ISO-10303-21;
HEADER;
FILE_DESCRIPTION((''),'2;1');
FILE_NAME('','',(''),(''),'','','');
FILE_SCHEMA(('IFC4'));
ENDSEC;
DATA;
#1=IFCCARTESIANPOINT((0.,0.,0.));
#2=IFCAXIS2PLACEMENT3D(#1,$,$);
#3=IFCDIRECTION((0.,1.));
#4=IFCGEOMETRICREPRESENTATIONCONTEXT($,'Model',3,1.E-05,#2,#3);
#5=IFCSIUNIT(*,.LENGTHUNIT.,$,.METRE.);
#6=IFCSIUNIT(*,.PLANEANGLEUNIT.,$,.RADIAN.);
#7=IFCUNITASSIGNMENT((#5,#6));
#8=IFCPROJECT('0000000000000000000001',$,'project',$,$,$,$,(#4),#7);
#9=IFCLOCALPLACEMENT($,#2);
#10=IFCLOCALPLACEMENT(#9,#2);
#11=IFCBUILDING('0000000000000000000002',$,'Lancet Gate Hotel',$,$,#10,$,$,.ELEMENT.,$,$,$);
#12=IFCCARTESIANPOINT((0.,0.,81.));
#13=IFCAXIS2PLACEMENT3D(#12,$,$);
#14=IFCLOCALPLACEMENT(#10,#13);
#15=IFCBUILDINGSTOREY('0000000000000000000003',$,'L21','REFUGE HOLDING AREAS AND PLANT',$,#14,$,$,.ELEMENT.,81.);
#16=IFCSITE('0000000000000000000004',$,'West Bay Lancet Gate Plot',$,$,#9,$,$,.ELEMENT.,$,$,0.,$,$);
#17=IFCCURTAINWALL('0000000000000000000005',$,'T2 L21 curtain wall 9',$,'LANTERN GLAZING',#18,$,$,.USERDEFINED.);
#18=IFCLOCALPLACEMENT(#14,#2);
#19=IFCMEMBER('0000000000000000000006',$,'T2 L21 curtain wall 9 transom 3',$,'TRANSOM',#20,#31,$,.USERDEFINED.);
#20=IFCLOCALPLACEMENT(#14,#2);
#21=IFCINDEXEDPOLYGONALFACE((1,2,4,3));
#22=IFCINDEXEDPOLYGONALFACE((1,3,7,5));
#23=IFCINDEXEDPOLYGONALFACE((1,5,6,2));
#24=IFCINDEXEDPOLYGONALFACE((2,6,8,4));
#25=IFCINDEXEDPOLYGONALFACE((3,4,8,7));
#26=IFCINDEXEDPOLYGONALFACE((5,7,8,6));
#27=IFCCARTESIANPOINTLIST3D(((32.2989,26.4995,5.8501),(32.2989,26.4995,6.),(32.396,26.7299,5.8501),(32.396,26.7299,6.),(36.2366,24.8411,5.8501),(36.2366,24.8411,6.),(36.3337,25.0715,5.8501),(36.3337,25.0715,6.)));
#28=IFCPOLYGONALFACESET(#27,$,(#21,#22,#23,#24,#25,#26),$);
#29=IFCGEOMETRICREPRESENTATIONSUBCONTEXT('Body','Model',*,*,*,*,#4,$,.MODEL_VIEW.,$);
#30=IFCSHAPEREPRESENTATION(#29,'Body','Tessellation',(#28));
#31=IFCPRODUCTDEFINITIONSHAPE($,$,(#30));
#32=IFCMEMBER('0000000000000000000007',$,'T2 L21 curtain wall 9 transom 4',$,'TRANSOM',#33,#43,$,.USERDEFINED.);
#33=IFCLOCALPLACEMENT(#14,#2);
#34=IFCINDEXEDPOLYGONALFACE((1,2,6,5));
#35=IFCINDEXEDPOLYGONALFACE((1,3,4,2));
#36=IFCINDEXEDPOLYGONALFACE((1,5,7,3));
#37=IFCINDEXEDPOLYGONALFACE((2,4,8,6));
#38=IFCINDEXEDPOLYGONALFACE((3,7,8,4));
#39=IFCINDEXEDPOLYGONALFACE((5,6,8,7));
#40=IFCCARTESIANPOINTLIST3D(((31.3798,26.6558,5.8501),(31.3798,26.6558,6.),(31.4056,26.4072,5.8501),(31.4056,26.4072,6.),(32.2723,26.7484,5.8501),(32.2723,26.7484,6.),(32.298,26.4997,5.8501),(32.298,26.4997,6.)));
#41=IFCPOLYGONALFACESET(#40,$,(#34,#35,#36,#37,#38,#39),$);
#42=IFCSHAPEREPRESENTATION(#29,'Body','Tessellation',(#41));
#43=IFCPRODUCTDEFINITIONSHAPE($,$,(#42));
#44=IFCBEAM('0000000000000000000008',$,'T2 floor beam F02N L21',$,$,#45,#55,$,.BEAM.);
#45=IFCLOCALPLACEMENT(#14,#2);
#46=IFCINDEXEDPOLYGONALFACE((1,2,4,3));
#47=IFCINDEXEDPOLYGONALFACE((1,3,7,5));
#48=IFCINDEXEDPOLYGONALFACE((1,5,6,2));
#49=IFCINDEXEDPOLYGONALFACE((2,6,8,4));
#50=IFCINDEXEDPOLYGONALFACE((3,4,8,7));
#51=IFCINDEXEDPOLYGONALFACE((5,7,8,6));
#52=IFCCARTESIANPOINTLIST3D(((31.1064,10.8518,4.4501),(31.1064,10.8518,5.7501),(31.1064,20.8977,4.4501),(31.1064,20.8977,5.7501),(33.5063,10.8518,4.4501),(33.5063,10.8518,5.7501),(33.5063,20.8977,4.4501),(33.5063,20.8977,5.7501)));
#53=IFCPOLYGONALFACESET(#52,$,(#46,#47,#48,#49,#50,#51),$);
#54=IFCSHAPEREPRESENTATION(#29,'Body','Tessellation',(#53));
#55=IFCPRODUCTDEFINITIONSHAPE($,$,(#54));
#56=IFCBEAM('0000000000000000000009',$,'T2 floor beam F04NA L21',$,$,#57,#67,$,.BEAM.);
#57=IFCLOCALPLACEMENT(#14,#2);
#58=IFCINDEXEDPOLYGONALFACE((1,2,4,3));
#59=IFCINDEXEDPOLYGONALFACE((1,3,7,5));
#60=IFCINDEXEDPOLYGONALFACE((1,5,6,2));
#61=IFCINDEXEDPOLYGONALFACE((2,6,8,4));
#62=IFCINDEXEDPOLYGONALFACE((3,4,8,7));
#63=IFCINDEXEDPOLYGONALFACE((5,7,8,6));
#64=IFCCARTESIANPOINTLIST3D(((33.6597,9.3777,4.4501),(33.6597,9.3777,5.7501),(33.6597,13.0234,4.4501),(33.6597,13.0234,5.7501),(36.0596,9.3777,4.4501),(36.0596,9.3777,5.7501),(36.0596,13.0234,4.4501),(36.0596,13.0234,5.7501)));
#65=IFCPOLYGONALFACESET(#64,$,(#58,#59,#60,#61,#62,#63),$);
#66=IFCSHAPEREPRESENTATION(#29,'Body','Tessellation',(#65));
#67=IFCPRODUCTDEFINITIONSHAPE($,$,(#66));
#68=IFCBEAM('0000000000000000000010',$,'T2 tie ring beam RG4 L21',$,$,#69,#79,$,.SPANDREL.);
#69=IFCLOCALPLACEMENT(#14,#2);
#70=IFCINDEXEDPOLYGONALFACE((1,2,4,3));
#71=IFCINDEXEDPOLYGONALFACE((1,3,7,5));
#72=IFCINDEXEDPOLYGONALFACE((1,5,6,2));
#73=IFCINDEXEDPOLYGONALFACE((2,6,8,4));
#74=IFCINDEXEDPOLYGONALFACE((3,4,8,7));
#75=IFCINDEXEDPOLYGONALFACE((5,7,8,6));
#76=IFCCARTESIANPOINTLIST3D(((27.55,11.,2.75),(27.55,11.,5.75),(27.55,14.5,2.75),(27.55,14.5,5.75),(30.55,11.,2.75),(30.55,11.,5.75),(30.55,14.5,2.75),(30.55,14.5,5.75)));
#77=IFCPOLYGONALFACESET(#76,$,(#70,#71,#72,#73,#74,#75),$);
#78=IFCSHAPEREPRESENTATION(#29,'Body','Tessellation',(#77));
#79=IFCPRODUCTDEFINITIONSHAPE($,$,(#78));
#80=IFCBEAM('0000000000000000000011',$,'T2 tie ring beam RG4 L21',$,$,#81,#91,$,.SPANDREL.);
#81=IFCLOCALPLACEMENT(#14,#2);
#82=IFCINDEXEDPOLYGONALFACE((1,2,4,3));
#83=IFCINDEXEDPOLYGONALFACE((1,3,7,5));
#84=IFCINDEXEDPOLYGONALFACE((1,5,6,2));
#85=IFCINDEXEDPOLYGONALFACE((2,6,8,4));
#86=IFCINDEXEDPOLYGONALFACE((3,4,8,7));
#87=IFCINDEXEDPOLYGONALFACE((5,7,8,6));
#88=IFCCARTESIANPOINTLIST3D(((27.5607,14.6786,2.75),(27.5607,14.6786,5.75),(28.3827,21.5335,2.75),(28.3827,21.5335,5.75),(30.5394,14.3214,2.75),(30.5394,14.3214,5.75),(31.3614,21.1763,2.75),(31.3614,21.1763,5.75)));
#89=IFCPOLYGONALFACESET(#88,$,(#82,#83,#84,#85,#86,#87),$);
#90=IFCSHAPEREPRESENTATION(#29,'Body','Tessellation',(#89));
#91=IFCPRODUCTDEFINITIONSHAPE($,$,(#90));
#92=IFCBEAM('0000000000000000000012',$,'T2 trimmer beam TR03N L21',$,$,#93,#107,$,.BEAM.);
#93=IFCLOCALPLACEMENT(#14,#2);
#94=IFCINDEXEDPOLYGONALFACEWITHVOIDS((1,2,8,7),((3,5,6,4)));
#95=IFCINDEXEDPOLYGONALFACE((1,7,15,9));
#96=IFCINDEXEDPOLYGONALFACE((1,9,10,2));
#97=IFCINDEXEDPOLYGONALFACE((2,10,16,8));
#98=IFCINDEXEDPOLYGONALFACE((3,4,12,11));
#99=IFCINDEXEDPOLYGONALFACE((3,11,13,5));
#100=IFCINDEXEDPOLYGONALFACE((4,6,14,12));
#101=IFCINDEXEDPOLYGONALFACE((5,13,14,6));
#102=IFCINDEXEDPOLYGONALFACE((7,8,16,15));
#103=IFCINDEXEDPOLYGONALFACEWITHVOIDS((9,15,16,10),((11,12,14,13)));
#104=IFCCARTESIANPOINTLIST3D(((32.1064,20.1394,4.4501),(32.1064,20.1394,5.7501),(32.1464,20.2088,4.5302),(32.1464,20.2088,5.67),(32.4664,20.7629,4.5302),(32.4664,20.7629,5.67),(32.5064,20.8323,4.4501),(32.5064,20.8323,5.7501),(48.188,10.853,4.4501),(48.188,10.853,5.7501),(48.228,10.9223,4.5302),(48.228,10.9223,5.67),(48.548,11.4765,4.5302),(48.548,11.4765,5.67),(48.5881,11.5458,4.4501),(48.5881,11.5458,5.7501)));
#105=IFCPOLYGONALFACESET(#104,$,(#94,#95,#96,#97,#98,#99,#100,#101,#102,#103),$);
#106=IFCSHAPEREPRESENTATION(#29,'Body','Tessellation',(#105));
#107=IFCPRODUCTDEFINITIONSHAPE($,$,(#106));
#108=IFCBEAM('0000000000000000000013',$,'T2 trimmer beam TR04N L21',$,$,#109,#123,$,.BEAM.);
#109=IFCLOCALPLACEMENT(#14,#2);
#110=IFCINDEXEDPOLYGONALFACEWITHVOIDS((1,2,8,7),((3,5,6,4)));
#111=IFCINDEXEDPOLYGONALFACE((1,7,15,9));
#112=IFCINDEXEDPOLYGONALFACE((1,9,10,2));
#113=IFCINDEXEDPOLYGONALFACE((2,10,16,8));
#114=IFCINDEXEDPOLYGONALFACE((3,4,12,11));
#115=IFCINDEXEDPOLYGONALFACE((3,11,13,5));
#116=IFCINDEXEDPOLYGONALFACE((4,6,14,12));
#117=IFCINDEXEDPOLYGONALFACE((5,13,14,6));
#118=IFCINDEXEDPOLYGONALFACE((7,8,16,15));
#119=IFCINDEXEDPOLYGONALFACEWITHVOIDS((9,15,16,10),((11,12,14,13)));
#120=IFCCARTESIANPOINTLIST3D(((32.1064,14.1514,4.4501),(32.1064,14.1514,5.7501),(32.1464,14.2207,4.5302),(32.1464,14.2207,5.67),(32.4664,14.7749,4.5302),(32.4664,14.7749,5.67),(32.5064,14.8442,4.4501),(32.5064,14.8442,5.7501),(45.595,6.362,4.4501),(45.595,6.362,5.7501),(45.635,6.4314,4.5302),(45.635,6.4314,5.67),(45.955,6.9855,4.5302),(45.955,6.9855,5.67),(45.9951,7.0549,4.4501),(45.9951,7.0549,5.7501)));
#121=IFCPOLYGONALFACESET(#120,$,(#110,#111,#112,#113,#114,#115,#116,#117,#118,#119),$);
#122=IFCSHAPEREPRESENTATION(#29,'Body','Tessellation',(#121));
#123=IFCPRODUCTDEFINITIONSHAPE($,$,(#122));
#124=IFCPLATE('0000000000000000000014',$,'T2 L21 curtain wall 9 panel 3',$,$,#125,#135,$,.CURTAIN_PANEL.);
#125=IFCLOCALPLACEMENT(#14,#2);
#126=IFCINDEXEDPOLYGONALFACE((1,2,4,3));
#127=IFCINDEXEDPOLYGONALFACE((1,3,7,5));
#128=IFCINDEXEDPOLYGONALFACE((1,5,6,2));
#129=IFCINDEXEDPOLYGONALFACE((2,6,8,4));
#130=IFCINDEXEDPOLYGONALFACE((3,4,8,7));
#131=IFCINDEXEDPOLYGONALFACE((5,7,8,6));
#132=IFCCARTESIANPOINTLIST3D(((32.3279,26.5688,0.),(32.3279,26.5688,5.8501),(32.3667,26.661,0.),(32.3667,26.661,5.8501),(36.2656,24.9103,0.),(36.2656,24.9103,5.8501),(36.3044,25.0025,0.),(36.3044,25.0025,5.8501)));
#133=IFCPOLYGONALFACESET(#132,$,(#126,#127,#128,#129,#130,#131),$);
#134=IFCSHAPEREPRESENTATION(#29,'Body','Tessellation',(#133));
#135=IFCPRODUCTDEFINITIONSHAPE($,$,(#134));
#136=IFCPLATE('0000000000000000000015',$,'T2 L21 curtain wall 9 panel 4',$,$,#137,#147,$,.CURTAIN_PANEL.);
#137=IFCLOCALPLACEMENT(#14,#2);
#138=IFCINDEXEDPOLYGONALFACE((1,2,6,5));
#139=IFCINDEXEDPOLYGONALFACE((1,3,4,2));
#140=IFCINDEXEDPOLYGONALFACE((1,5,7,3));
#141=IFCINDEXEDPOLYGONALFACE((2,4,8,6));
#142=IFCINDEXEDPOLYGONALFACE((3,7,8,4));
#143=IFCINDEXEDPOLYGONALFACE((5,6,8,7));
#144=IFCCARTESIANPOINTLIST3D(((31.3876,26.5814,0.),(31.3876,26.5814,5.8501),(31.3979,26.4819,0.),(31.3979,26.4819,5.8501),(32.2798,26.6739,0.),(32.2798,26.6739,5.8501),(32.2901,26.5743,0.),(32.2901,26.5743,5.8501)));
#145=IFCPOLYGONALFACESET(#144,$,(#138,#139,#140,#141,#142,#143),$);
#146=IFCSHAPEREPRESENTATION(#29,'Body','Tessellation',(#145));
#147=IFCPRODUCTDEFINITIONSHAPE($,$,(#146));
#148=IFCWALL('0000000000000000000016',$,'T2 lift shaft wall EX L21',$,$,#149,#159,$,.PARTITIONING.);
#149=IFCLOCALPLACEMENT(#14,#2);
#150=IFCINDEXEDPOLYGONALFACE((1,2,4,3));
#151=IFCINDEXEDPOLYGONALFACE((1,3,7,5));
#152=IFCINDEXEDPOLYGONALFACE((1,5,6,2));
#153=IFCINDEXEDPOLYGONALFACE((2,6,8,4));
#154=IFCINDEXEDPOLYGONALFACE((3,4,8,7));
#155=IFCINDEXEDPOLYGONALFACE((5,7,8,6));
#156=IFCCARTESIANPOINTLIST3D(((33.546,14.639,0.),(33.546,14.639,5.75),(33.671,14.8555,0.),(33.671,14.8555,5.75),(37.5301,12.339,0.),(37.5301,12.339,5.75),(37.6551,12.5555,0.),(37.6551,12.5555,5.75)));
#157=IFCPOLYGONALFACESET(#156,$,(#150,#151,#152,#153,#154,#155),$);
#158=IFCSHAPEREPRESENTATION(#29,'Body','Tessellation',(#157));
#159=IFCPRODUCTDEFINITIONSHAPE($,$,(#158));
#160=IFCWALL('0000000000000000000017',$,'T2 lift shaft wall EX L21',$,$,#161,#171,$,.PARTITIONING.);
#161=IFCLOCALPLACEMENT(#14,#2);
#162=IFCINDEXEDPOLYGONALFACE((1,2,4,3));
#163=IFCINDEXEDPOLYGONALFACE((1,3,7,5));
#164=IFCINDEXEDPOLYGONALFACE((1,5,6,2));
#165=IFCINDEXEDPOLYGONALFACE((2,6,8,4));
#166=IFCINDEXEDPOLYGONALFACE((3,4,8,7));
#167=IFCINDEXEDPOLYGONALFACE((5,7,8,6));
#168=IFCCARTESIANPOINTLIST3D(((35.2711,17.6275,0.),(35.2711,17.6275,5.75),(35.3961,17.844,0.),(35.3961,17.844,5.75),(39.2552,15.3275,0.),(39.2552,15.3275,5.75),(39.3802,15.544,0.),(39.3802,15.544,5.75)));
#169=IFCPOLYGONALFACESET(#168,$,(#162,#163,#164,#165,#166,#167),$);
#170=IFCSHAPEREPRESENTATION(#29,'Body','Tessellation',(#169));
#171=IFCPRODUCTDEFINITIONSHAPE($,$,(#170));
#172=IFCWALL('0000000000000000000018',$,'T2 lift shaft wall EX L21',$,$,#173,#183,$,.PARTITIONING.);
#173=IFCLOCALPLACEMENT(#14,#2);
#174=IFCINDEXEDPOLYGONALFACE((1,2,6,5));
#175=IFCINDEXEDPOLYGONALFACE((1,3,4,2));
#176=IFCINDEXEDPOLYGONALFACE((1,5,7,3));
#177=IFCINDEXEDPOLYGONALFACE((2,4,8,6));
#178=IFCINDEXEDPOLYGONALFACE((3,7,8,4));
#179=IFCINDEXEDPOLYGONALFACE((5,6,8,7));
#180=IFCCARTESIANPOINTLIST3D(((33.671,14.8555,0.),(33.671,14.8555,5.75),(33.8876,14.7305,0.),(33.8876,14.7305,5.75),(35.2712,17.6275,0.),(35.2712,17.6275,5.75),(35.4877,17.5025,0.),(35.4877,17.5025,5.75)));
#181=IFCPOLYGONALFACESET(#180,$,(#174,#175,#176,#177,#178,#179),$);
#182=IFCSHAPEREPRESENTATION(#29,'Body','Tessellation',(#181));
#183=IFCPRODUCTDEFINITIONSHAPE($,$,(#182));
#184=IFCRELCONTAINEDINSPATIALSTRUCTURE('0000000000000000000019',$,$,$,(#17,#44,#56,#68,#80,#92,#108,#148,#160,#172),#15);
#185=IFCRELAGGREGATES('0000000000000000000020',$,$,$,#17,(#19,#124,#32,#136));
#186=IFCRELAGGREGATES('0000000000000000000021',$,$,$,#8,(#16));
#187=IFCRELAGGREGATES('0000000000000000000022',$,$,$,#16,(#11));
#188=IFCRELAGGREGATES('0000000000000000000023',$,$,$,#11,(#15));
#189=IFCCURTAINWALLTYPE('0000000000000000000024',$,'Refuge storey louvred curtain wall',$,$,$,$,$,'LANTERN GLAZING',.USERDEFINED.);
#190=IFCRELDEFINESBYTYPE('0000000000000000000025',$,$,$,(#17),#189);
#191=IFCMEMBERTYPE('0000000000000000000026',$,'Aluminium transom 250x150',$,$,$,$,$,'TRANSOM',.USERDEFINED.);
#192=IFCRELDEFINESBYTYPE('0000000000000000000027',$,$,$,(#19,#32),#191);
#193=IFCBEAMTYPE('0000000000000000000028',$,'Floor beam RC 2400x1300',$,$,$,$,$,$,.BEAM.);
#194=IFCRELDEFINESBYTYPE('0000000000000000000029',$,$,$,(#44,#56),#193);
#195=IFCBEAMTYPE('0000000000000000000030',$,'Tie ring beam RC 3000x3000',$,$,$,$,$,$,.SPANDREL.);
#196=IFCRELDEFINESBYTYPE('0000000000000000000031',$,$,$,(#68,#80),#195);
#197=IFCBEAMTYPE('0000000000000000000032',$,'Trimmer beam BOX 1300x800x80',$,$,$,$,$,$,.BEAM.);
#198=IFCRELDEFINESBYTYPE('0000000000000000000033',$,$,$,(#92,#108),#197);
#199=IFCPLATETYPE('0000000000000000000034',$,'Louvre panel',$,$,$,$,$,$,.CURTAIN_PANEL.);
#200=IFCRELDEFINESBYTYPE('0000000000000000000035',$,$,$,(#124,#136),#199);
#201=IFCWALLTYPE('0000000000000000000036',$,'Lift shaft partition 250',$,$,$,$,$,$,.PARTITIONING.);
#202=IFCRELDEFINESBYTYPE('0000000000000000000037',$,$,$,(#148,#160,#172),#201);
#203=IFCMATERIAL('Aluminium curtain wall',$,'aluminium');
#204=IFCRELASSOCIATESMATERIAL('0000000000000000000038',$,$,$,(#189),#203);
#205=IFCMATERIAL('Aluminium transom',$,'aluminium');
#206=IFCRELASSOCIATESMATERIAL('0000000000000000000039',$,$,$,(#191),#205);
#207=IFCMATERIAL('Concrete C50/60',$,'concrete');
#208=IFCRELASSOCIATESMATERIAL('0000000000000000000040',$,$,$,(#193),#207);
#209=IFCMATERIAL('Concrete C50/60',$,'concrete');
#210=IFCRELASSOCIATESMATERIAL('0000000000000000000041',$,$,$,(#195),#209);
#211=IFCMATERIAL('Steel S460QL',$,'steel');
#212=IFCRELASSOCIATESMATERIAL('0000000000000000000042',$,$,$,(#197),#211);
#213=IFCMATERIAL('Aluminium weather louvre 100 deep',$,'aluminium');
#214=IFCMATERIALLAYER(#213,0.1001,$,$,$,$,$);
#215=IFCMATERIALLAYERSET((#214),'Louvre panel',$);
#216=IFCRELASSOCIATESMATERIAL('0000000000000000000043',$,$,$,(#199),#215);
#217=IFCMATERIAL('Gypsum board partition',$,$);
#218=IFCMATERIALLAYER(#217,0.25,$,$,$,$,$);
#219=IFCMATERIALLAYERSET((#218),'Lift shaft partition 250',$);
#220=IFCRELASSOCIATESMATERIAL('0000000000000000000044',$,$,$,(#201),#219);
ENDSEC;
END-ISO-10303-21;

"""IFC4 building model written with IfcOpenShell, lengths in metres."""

from ifc_helpers import new_model, si_unit, direction, frame, frame_2d, origin, origin_2d, place, context, subcontext, project, spatial, rectangle, hollow_rectangle, extrude, material, layer, layer_set, material_profile, profile_set, type_object, element, aggregate, save


model = new_model("IFC4")

# Units and contexts
model_context = context("Model", 3, precision=1e-05, world=origin(), true_north=direction((0.0, 1.0)))
body_context = subcontext(model_context, "Body", "Model", "MODEL_VIEW")
ifc_project = project(units=[si_unit("LENGTHUNIT", "METRE"), si_unit("PLANEANGLEUNIT", "RADIAN")], contexts=[model_context])

# Site, building, storey
site_placement = place(None, origin())
site = spatial("IfcSite", under=ifc_project, at=site_placement, Name="West Bay Lancet Gate Plot", CompositionType="ELEMENT", RefElevation=0.0)
building_placement = place(site_placement, origin())
building = spatial("IfcBuilding", under=site, at=building_placement, Name="Lancet Gate Hotel", CompositionType="ELEMENT")
storey_placement = place(building_placement, frame((0.0, 0.0, 81.0)))
storey = spatial("IfcBuildingStorey", under=building, at=storey_placement, Name="L21", Description="REFUGE HOLDING AREAS AND PLANT", CompositionType="ELEMENT", Elevation=81.0)

# Curtain wall
ifc_material_1 = material(Name="Aluminium curtain wall", Category="aluminium")
curtain_wall_type = type_object("IfcCurtainWallType", Name="Refuge storey louvred curtain wall", ElementType="LANTERN GLAZING", PredefinedType="USERDEFINED", material=ifc_material_1)
curtain_wall_1_placement = place(storey_placement, origin())
curtain_wall_1 = element("IfcCurtainWall", 1, at=curtain_wall_1_placement, inside=storey, type_object=curtain_wall_type, Name="T2 L21 curtain wall 9", ObjectType="LANTERN GLAZING", PredefinedType="USERDEFINED")

# Members
ifc_material_2 = material(Name="Aluminium transom", Category="aluminium")
ifc_material_profile_1 = material_profile(ifc_material_2, rectangle(XDim=0.25, YDim=0.1499, at=origin_2d()), Name="TRANSOM 250x150")
ifc_profile_set_1 = profile_set([ifc_material_profile_1], Name="Aluminium transom")
member_type_1 = type_object("IfcMemberType", Name="Aluminium transom 250x150", ElementType="TRANSOM", PredefinedType="USERDEFINED", material=ifc_profile_set_1)
member_1_placement = place(storey_placement, frame((36.2852, 24.9563, 5.925), z_axis=(-0.921598, 0.388146, 0.0), x_axis=(-0.388146, -0.921598, 0.0)))
member_1 = element("IfcMember", 2, at=member_1_placement, type_object=member_type_1, Name="T2 L21 curtain wall 9 transom 3", ObjectType="TRANSOM", PredefinedType="USERDEFINED", context=body_context, shape_type="SweptSolid", body=[
    extrude(rectangle(XDim=0.25, YDim=0.1499, at=origin_2d()), origin(), (0.0, 0.0, 1.0), 4.2727),
])
member_2_placement = place(storey_placement, frame((32.2852, 26.624, 5.925), z_axis=(-0.994667, -0.103141, 0.0), x_axis=(0.103141, -0.994667, 0.0)))
member_2 = element("IfcMember", 3, at=member_2_placement, type_object=member_type_1, Name="T2 L21 curtain wall 9 transom 4", ObjectType="TRANSOM", PredefinedType="USERDEFINED", context=body_context, shape_type="SweptSolid", body=[
    extrude(rectangle(XDim=0.25, YDim=0.1499, at=origin_2d()), origin(), (0.0, 0.0, 1.0), 0.8972),
])

# Beams
ifc_material_3 = material(Name="Concrete C50/60", Category="concrete")
ifc_material_profile_2 = material_profile(ifc_material_3, rectangle(XDim=2.3999, YDim=1.3, at=origin_2d()), Name="RC 2400x1300")
ifc_profile_set_2 = profile_set([ifc_material_profile_2], Name="Concrete C50/60")
beam_type_1 = type_object("IfcBeamType", Name="Floor beam RC 2400x1300", PredefinedType="BEAM", material=ifc_profile_set_2)
beam_1_placement = place(storey_placement, frame((32.3064, 10.8518, 5.1001), z_axis=(0.0, 1.0, 0.0), x_axis=(-1.0, 0.0, 0.0)))
element("IfcBeam", 4, at=beam_1_placement, inside=storey, type_object=beam_type_1, Name="T2 floor beam F02N L21", PredefinedType="BEAM", context=body_context, shape_type="SweptSolid", body=[
    extrude(rectangle(XDim=2.3999, YDim=1.3, at=origin_2d()), origin(), (0.0, 0.0, 1.0), 10.0459),
])
beam_2_placement = place(storey_placement, frame((34.8596, 9.3777, 5.1001), z_axis=(0.0, 1.0, 0.0), x_axis=(-1.0, 0.0, 0.0)))
element("IfcBeam", 5, at=beam_2_placement, inside=storey, type_object=beam_type_1, Name="T2 floor beam F04NA L21", PredefinedType="BEAM", context=body_context, shape_type="SweptSolid", body=[
    extrude(rectangle(XDim=2.3999, YDim=1.3, at=origin_2d()), origin(), (0.0, 0.0, 1.0), 3.6458),
])
ifc_material_4 = material(Name="Concrete C50/60", Category="concrete")
ifc_material_profile_3 = material_profile(ifc_material_4, rectangle(XDim=3.0, YDim=3.0, at=origin_2d()), Name="RC 3000x3000")
ifc_profile_set_3 = profile_set([ifc_material_profile_3], Name="Concrete C50/60")
beam_type_2 = type_object("IfcBeamType", Name="Tie ring beam RC 3000x3000", PredefinedType="SPANDREL", material=ifc_profile_set_3)
beam_3_placement = place(storey_placement, frame((29.05, 11.0, 4.25), z_axis=(0.0, 1.0, 0.0), x_axis=(-1.0, 0.0, 0.0)))
element("IfcBeam", 6, at=beam_3_placement, inside=storey, type_object=beam_type_2, Name="T2 tie ring beam RG4 L21", PredefinedType="SPANDREL", context=body_context, shape_type="SweptSolid", body=[
    extrude(rectangle(XDim=3.0, YDim=3.0, at=origin_2d()), origin(), (0.0, 0.0, 1.0), 3.5),
])
beam_4_placement = place(storey_placement, frame((29.05, 14.5, 4.25), z_axis=(0.119063, 0.992887, 0.0), x_axis=(-0.992887, 0.119063, 0.0)))
element("IfcBeam", 7, at=beam_4_placement, inside=storey, type_object=beam_type_2, Name="T2 tie ring beam RG4 L21", PredefinedType="SPANDREL", context=body_context, shape_type="SweptSolid", body=[
    extrude(rectangle(XDim=3.0, YDim=3.0, at=origin_2d()), origin(), (0.0, 0.0, 1.0), 6.9041),
])
ifc_material_5 = material(Name="Steel S460QL", Category="steel")
ifc_material_profile_4 = material_profile(ifc_material_5, hollow_rectangle(XDim=0.8, YDim=1.3, WallThickness=0.0801, at=origin_2d()), Name="BOX 1300x800x80")
ifc_profile_set_4 = profile_set([ifc_material_profile_4], Name="Steel S460QL")
beam_type_3 = type_object("IfcBeamType", Name="Trimmer beam BOX 1300x800x80", PredefinedType="BEAM", material=ifc_profile_set_4)
beam_5_placement = place(storey_placement, frame((32.3064, 20.4858, 5.1001), z_axis=(0.865986, -0.500068, 0.0), x_axis=(0.500068, 0.865986, 0.0)))
element("IfcBeam", 8, at=beam_5_placement, inside=storey, type_object=beam_type_3, Name="T2 trimmer beam TR03N L21", PredefinedType="BEAM", context=body_context, shape_type="SweptSolid", body=[
    extrude(hollow_rectangle(XDim=0.8, YDim=1.3, WallThickness=0.0801, at=origin_2d()), origin(), (0.0, 0.0, 1.0), 18.5703),
])
beam_6_placement = place(storey_placement, frame((32.3064, 14.4978, 5.1001), z_axis=(0.865978, -0.500082, 0.0), x_axis=(0.500082, 0.865978, 0.0)))
element("IfcBeam", 9, at=beam_6_placement, inside=storey, type_object=beam_type_3, Name="T2 trimmer beam TR04N L21", PredefinedType="BEAM", context=body_context, shape_type="SweptSolid", body=[
    extrude(hollow_rectangle(XDim=0.8, YDim=1.3, WallThickness=0.0801, at=origin_2d()), origin(), (0.0, 0.0, 1.0), 15.5762),
])

# Plates
ifc_material_6 = material(Name="Aluminium weather louvre 100 deep", Category="aluminium")
ifc_layer_1 = layer(ifc_material_6, 0.1001)
ifc_layer_set_1 = layer_set([ifc_layer_1], Name="Louvre panel")
plate_type = type_object("IfcPlateType", Name="Louvre panel", PredefinedType="CURTAIN_PANEL", material=ifc_layer_set_1)
plate_1_placement = place(storey_placement, frame((34.3162, 25.7856, 0.0), z_axis=(0.0, 0.0, 1.0), x_axis=(-0.921593, 0.388157, 0.0)))
plate_1 = element("IfcPlate", 10, at=plate_1_placement, type_object=plate_type, Name="T2 L21 curtain wall 9 panel 3", PredefinedType="CURTAIN_PANEL", context=body_context, shape_type="SweptSolid", body=[
    extrude(rectangle(XDim=4.2727, YDim=0.1001, at=origin_2d()), origin(), (0.0, 0.0, 1.0), 5.8501),
])
plate_2_placement = place(storey_placement, frame((31.8389, 26.5779, 0.0), z_axis=(0.0, 0.0, 1.0), x_axis=(-0.994672, -0.103088, 0.0)))
plate_2 = element("IfcPlate", 11, at=plate_2_placement, type_object=plate_type, Name="T2 L21 curtain wall 9 panel 4", PredefinedType="CURTAIN_PANEL", context=body_context, shape_type="SweptSolid", body=[
    extrude(rectangle(XDim=0.897, YDim=0.1001, at=origin_2d()), origin(), (0.0, 0.0, 1.0), 5.8501),
])
aggregate(curtain_wall_1, [member_1, plate_1, member_2, plate_2])

# Walls
ifc_material_7 = material(Name="Gypsum board partition")
ifc_layer_2 = layer(ifc_material_7, 0.25)
ifc_layer_set_2 = layer_set([ifc_layer_2], Name="Lift shaft partition 250")
wall_type_1 = type_object("IfcWallType", Name="Lift shaft partition 250", PredefinedType="PARTITIONING", material=ifc_layer_set_2)
for number, where, z_axis, x_axis, name in (
    (12, (33.6084, 14.7473, 0.0), (0.0, 0.0, 1.0), (0.866043, -0.499969, 0.0), "T2 lift shaft wall EX L21"),
    (13, (35.3335, 17.7358, 0.0), (0.0, 0.0, 1.0), (0.866043, -0.499969, 0.0), "T2 lift shaft wall EX L21"),
):
    element("IfcWall", number, at=place(storey_placement, frame(where, z_axis=z_axis, x_axis=x_axis)), inside=storey, type_object=wall_type_1, Name=name, PredefinedType="PARTITIONING", context=body_context, shape_type="SweptSolid", body=[
        extrude(rectangle(XDim=4.6003, YDim=0.25, at=frame_2d((2.3003, 0.0))), origin(), (0.0, 0.0, 1.0), 5.75),
    ])
wall_1_placement = place(storey_placement, frame((33.7793, 14.793, 0.0), z_axis=(0.0, 0.0, 1.0), x_axis=(0.499929, 0.866066, 0.0)))
element("IfcWall", 14, at=wall_1_placement, inside=storey, type_object=wall_type_1, Name="T2 lift shaft wall EX L21", PredefinedType="PARTITIONING", context=body_context, shape_type="SweptSolid", body=[
    extrude(rectangle(XDim=3.2007, YDim=0.25, at=frame_2d((1.6003, 0.0))), origin(), (0.0, 0.0, 1.0), 5.75),
])

save(model, "model.ifc")
